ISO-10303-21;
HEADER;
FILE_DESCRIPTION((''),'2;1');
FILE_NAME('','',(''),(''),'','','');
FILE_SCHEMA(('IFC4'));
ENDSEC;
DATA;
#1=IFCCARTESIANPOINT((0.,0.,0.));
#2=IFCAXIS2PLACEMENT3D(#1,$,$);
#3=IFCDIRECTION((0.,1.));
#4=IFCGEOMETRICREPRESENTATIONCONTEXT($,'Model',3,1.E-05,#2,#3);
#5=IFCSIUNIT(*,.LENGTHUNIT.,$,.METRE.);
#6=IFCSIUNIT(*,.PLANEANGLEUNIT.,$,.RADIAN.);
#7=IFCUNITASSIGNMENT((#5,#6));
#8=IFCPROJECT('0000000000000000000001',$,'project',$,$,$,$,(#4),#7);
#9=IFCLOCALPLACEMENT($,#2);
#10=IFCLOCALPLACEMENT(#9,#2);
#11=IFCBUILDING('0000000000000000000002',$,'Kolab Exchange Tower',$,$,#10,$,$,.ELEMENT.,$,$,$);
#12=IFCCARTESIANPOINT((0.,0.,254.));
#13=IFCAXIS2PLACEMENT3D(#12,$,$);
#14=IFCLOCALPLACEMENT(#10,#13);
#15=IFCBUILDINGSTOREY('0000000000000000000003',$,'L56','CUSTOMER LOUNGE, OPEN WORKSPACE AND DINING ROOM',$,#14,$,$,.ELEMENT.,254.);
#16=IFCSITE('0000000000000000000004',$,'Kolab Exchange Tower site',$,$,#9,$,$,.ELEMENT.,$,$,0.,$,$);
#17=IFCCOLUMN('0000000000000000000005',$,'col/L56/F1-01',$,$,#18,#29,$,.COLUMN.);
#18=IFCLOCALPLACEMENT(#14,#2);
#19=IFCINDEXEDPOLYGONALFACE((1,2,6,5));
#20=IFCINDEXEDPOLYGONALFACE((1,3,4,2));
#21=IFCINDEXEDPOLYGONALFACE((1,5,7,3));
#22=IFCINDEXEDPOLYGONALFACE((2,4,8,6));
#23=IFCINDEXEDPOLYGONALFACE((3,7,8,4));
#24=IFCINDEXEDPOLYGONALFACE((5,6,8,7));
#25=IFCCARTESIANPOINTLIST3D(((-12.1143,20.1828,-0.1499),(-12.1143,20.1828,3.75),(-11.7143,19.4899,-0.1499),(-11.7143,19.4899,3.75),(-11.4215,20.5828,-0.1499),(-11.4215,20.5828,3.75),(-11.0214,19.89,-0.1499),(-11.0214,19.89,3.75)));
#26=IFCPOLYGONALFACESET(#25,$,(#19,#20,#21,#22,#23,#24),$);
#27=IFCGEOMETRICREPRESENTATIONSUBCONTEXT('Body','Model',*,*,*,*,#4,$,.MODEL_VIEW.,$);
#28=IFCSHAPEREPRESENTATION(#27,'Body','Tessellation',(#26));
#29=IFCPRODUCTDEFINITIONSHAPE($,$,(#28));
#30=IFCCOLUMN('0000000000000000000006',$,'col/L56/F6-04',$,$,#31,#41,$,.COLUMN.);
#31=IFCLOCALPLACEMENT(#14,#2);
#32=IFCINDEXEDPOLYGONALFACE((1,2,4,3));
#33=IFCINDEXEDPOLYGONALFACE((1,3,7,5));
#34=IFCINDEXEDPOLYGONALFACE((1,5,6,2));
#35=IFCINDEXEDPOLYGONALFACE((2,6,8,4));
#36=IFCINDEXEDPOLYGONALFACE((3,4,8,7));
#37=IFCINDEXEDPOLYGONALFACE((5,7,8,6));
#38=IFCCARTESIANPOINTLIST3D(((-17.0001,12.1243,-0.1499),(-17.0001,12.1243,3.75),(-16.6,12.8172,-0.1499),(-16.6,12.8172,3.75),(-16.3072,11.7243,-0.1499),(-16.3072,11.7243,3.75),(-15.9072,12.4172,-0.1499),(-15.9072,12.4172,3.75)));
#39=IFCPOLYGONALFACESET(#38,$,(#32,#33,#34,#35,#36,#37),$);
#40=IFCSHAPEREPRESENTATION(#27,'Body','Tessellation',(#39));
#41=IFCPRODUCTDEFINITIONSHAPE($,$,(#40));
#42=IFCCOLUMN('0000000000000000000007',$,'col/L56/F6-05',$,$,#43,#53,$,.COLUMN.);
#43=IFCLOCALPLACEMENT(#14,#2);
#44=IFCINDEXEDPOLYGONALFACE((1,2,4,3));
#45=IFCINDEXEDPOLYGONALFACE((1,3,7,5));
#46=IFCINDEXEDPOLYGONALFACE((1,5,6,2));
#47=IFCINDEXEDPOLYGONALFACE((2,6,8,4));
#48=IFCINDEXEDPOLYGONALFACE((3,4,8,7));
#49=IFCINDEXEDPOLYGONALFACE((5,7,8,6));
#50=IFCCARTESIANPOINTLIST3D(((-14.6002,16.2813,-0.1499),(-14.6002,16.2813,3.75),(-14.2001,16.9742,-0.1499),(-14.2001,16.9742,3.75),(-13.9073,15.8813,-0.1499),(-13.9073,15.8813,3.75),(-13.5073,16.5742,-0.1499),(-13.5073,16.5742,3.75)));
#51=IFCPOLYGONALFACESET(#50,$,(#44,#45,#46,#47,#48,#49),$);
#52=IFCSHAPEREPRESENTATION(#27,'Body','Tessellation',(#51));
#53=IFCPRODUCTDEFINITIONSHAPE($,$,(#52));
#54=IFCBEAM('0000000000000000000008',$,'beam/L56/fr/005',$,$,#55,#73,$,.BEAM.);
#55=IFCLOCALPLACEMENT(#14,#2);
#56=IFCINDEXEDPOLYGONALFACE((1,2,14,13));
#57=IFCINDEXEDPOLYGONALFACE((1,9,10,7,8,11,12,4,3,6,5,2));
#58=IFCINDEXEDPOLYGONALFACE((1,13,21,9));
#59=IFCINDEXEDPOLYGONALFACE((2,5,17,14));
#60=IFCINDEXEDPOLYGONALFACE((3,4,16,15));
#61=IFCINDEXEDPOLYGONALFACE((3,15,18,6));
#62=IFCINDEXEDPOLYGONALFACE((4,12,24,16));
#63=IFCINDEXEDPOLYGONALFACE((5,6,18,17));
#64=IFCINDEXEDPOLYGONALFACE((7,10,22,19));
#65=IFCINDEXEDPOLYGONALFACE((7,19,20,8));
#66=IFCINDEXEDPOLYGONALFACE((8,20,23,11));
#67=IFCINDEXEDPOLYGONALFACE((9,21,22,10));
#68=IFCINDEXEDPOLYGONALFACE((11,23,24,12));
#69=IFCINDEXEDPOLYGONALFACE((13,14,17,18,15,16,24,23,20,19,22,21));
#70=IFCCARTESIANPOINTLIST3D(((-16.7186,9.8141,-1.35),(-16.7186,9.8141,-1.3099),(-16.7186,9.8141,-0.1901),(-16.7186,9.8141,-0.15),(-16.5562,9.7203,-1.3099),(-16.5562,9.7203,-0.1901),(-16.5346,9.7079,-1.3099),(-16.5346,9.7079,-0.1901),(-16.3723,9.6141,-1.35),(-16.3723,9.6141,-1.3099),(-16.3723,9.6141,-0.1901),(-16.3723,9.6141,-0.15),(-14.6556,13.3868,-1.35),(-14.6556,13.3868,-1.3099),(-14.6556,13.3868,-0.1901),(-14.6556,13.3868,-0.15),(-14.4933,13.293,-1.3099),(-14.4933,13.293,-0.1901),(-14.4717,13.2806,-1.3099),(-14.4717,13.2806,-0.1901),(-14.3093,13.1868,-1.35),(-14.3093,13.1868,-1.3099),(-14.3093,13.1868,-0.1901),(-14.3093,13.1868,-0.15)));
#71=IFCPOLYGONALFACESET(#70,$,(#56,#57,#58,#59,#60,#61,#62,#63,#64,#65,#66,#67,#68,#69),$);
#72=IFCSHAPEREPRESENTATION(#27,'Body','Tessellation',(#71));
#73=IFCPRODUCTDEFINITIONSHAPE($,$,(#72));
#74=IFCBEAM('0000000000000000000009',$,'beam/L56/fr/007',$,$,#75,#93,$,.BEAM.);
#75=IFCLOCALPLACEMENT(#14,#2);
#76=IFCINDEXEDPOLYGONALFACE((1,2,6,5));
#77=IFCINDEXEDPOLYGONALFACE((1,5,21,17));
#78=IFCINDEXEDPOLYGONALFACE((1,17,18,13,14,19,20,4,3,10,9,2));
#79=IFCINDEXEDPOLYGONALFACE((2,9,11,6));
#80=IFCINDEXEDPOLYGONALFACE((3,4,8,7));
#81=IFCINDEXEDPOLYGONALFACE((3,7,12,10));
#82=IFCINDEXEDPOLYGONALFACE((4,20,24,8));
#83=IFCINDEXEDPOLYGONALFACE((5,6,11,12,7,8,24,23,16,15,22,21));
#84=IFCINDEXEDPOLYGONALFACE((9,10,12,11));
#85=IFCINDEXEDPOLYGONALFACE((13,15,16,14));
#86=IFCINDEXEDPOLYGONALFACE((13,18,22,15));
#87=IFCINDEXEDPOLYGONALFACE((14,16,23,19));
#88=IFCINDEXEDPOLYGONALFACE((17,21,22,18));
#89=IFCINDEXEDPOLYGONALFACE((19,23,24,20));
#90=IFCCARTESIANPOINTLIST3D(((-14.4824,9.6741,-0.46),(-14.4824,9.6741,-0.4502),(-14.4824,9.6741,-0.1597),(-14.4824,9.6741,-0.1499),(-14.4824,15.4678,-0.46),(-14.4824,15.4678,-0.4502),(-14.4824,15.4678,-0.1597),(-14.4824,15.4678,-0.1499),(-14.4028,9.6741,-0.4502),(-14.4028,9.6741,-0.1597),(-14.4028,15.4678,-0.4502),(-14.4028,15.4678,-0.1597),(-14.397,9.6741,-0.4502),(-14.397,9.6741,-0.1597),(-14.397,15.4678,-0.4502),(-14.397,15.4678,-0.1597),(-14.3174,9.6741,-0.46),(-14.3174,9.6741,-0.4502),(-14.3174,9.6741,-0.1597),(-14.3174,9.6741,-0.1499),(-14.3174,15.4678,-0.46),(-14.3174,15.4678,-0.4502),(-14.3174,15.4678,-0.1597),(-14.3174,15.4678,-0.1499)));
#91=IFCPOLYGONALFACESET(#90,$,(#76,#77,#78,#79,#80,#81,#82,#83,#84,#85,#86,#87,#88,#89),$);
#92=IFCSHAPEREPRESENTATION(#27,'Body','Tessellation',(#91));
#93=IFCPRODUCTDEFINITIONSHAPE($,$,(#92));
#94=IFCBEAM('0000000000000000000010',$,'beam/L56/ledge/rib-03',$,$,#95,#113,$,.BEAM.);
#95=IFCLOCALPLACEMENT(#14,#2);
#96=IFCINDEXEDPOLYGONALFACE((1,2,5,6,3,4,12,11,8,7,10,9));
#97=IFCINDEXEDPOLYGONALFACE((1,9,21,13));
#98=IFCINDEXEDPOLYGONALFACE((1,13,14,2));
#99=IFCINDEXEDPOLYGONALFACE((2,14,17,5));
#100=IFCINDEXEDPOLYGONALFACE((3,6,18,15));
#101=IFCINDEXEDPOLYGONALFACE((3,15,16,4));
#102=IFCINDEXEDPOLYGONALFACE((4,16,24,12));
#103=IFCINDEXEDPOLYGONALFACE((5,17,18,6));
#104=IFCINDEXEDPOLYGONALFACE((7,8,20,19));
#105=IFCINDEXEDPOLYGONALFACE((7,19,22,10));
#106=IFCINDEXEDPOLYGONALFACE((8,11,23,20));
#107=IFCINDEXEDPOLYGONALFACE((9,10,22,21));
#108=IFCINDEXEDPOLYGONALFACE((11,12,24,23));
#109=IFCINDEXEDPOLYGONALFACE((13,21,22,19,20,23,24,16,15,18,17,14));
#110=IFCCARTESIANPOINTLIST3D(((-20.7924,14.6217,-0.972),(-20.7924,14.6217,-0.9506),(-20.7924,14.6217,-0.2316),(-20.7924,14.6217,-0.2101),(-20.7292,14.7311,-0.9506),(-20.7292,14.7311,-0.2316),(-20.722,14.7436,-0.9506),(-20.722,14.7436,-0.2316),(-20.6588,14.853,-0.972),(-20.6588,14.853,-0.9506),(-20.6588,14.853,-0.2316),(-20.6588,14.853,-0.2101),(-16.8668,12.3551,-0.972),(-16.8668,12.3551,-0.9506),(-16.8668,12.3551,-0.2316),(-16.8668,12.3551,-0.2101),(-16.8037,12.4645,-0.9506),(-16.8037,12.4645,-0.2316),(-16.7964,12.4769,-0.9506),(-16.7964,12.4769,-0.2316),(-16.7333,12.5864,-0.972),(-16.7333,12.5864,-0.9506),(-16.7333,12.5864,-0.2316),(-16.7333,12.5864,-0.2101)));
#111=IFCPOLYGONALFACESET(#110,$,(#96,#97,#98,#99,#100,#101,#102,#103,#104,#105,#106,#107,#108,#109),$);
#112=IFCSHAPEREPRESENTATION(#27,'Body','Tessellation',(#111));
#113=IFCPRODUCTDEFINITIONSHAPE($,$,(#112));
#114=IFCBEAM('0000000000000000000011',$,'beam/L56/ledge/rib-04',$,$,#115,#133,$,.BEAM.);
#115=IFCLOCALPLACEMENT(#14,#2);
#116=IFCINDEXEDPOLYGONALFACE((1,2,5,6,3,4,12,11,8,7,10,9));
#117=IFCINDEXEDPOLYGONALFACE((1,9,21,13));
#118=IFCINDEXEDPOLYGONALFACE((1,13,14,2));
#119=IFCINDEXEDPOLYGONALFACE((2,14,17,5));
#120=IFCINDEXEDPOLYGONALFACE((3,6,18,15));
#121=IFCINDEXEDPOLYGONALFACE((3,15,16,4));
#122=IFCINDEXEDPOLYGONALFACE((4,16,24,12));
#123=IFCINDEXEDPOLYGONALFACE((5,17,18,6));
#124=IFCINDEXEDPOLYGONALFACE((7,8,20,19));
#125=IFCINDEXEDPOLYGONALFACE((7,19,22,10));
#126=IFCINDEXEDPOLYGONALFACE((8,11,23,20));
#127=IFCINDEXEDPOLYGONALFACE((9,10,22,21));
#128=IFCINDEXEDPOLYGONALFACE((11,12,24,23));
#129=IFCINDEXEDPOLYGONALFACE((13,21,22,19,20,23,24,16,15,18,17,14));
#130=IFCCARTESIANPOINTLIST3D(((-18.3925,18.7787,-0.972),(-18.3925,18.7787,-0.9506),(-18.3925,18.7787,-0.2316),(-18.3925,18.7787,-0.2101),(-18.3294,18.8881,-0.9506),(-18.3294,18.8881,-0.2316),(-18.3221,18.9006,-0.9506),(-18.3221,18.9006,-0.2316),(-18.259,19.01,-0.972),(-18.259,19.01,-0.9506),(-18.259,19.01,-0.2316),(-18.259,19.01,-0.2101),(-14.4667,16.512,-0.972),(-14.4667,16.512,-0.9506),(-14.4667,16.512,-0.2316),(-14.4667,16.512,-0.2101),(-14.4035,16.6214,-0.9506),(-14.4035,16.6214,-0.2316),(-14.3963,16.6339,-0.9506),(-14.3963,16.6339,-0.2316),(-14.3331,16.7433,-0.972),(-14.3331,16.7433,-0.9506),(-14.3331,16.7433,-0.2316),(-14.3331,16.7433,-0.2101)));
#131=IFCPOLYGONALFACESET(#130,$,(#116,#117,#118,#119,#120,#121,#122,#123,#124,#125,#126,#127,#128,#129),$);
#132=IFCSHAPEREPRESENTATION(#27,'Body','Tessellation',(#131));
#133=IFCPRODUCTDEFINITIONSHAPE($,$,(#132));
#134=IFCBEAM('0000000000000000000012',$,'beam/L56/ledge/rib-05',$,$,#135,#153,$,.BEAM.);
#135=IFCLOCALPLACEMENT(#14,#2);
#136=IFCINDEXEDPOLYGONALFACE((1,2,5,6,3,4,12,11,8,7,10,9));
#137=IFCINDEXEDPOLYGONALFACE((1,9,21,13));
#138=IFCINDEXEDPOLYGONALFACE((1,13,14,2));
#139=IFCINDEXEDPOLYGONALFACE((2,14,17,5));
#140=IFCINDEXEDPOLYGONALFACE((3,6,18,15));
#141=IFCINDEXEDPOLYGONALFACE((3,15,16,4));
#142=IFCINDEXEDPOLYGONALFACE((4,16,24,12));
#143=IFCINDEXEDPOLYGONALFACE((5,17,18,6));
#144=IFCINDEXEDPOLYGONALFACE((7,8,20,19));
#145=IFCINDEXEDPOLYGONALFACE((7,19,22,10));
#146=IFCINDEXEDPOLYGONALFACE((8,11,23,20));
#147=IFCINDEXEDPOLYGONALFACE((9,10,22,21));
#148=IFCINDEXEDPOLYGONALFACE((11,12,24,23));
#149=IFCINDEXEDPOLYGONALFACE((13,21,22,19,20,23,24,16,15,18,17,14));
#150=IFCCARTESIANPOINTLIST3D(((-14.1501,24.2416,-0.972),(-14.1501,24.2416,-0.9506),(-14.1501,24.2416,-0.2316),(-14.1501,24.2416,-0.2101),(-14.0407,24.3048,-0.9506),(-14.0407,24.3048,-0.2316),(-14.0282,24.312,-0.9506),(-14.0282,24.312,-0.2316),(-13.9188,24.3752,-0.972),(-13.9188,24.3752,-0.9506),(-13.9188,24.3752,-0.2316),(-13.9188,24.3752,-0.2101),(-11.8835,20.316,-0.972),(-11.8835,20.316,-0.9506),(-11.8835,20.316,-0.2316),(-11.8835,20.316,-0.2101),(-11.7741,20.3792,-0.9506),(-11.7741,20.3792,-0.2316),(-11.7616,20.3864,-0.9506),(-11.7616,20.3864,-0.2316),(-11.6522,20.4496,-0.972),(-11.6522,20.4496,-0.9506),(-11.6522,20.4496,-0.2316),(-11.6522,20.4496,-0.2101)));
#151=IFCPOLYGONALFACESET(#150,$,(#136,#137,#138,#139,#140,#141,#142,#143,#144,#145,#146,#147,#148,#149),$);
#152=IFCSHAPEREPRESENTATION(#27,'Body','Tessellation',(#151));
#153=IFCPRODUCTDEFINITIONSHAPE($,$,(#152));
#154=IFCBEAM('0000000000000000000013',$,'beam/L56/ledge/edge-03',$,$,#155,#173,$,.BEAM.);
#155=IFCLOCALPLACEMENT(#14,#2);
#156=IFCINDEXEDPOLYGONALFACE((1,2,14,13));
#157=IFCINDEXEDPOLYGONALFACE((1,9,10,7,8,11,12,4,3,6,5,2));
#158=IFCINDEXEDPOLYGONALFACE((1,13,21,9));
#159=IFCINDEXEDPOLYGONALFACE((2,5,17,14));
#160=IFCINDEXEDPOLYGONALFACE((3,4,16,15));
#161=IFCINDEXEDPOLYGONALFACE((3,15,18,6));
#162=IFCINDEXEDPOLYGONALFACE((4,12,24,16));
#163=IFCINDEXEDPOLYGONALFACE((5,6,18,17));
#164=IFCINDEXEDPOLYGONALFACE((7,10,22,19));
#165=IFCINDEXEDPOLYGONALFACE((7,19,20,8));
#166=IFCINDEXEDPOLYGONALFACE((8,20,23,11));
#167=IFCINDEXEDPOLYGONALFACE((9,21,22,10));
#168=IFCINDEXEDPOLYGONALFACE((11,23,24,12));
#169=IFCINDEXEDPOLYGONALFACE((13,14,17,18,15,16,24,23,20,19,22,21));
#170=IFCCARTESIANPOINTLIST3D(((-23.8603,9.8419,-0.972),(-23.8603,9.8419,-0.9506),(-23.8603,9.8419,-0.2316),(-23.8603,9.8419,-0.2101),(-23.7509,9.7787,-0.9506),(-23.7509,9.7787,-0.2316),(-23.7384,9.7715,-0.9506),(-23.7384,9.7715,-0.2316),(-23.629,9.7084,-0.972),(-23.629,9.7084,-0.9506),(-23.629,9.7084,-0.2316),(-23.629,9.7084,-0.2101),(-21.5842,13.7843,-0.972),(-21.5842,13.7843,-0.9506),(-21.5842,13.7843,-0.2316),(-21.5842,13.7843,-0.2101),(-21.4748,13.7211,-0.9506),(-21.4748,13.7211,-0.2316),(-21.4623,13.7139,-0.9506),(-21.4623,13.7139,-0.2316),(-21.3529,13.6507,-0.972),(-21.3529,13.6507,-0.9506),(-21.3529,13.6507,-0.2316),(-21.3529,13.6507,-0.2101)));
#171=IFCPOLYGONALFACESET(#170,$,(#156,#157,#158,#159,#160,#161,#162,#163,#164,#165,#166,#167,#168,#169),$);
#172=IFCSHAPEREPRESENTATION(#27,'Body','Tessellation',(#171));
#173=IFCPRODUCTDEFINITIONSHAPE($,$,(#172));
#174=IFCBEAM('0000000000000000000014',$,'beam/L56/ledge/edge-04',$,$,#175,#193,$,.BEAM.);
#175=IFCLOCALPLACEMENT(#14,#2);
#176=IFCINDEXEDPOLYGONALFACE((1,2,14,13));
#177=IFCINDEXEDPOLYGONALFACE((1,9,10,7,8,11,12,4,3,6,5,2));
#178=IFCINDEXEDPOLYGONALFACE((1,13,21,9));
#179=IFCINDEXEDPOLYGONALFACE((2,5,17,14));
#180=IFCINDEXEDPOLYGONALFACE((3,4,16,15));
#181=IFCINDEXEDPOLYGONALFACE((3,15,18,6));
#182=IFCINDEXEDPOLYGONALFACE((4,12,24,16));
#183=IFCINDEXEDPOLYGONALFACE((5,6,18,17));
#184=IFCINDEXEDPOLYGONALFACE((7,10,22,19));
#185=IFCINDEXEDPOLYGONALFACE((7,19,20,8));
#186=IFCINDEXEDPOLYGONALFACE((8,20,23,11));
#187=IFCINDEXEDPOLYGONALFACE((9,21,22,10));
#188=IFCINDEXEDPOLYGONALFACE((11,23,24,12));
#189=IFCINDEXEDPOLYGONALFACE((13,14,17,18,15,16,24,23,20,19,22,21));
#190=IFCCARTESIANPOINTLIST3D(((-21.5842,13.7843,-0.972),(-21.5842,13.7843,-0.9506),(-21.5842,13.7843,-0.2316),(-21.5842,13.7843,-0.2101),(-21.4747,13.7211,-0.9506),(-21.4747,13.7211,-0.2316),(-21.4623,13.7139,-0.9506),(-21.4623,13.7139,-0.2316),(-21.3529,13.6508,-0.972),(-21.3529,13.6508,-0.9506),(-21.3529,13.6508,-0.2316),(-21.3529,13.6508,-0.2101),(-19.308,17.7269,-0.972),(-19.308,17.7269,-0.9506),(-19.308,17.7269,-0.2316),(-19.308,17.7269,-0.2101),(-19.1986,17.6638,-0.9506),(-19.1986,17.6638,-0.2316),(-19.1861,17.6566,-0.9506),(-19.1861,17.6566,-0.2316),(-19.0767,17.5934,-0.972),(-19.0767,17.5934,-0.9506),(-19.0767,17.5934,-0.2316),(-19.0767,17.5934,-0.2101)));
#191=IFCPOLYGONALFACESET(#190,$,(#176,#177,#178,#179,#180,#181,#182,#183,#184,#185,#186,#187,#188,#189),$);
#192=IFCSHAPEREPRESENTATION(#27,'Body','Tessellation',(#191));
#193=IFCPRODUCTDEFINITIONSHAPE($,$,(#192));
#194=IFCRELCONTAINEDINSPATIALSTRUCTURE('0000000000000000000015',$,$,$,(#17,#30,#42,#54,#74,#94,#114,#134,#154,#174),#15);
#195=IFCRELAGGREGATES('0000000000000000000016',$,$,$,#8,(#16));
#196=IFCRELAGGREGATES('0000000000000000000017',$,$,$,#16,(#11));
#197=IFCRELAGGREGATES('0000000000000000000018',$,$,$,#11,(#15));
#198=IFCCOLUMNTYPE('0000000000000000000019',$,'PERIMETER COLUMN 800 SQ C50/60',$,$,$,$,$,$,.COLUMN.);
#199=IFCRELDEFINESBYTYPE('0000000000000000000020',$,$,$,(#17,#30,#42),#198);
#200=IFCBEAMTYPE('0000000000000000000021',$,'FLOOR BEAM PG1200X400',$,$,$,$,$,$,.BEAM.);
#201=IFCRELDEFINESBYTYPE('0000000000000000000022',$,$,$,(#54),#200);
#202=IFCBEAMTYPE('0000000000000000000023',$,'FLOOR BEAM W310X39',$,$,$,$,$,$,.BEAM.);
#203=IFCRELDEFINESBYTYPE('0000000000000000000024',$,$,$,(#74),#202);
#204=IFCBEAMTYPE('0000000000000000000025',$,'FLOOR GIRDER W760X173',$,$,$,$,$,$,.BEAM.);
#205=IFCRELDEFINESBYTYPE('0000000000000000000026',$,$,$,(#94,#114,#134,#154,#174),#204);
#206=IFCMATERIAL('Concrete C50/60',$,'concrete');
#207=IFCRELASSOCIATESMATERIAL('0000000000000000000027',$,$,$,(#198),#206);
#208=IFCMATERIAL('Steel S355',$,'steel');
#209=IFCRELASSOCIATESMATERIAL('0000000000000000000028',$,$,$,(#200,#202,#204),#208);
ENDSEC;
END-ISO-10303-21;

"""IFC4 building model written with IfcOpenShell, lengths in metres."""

from ifc_helpers import new_model, si_unit, direction, frame, origin, origin_2d, place, context, subcontext, project, spatial, rectangle, i_section, extrude, material, material_profile, profile_set, type_object, element, save


model = new_model("IFC4")

# Units and contexts
model_context = context("Model", 3, precision=1e-05, world=origin(), true_north=direction((0.0, 1.0)))
body_context = subcontext(model_context, "Body", "Model", "MODEL_VIEW")
ifc_project = project(units=[si_unit("LENGTHUNIT", "METRE"), si_unit("PLANEANGLEUNIT", "RADIAN")], contexts=[model_context])

# Site, building, storey
site_placement = place(None, origin())
site = spatial("IfcSite", under=ifc_project, at=site_placement, Name="Kolab Exchange Tower site", CompositionType="ELEMENT", RefElevation=0.0)
building_placement = place(site_placement, origin())
building = spatial("IfcBuilding", under=site, at=building_placement, Name="Kolab Exchange Tower", CompositionType="ELEMENT")
storey_placement = place(building_placement, frame((0.0, 0.0, 254.0)))
storey = spatial("IfcBuildingStorey", under=building, at=storey_placement, Name="L56", Description="CUSTOMER LOUNGE, OPEN WORKSPACE AND DINING ROOM", CompositionType="ELEMENT", Elevation=254.0)

# Columns
ifc_material_1 = material(Name="Concrete C50/60", Category="concrete")
ifc_material_profile_1 = material_profile(ifc_material_1, rectangle(XDim=0.8, YDim=0.8, at=origin_2d()), Name="RC800")
ifc_profile_set_1 = profile_set([ifc_material_profile_1], Name="Concrete C50/60")
column_type = type_object("IfcColumnType", Name="PERIMETER COLUMN 800 SQ C50/60", PredefinedType="COLUMN", material=ifc_profile_set_1)
for number, where, z_axis, x_axis, name in (
    (1, (-11.5679, 20.0364, -0.1499), (0.0, 0.0, 1.0), (0.866025, 0.5, 0.0), "col/L56/F1-01"),
    (2, (-16.4536, 12.2708, -0.1499), (0.0, 0.0, 1.0), (0.5, 0.866025, 0.0), "col/L56/F6-04"),
    (3, (-14.0537, 16.4277, -0.1499), (0.0, 0.0, 1.0), (0.5, 0.866025, 0.0), "col/L56/F6-05"),
):
    element("IfcColumn", number, at=place(storey_placement, frame(where, z_axis=z_axis, x_axis=x_axis)), inside=storey, type_object=column_type, Name=name, PredefinedType="COLUMN", context=body_context, shape_type="SweptSolid", body=[
        extrude(rectangle(XDim=0.8, YDim=0.8, at=origin_2d()), origin(), (0.0, 0.0, 1.0), 3.8999),
    ])

# Beams
ifc_material_2 = material(Name="Steel S355", Category="steel")
ifc_material_profile_2 = material_profile(ifc_material_2, i_section(OverallWidth=0.3999, OverallDepth=1.2, WebThickness=0.0249, FlangeThickness=0.04, at=origin_2d()), Name="PG1200X400")
ifc_profile_set_2 = profile_set([ifc_material_profile_2], Name="Steel S355")
beam_type_1 = type_object("IfcBeamType", Name="FLOOR BEAM PG1200X400", PredefinedType="BEAM", material=ifc_profile_set_2)
beam_1_placement = place(storey_placement, frame((-16.5454, 9.7141, -0.75), z_axis=(0.500047, 0.865998, 0.0), x_axis=(-0.865998, 0.500047, 0.0)))
element("IfcBeam", 4, at=beam_1_placement, inside=storey, type_object=beam_type_1, Name="beam/L56/fr/005", PredefinedType="BEAM", context=body_context, shape_type="SweptSolid", body=[
    extrude(i_section(OverallWidth=0.3999, OverallDepth=1.2, WebThickness=0.0249, FlangeThickness=0.04, at=origin_2d()), origin(), (0.0, 0.0, 1.0), 4.1255),
])
ifc_material_profile_3 = material_profile(ifc_material_2, i_section(OverallWidth=0.165, OverallDepth=0.3101, WebThickness=0.0059, FlangeThickness=0.0098, at=origin_2d()), Name="W310X39")
ifc_profile_set_3 = profile_set([ifc_material_profile_3], Name="Steel S355")
beam_type_2 = type_object("IfcBeamType", Name="FLOOR BEAM W310X39", PredefinedType="BEAM", material=ifc_profile_set_3)
beam_2_placement = place(storey_placement, frame((-14.3999, 9.6741, -0.3049), z_axis=(0.0, 1.0, 0.0), x_axis=(-1.0, 0.0, 0.0)))
element("IfcBeam", 5, at=beam_2_placement, inside=storey, type_object=beam_type_2, Name="beam/L56/fr/007", PredefinedType="BEAM", context=body_context, shape_type="SweptSolid", body=[
    extrude(i_section(OverallWidth=0.165, OverallDepth=0.3101, WebThickness=0.0059, FlangeThickness=0.0098, at=origin_2d()), origin(), (0.0, 0.0, 1.0), 5.7937),
])
ifc_material_profile_4 = material_profile(ifc_material_2, i_section(OverallWidth=0.2671, OverallDepth=0.762, WebThickness=0.0144, FlangeThickness=0.0215, at=origin_2d()), Name="W760X173")
ifc_profile_set_4 = profile_set([ifc_material_profile_4], Name="Steel S355")
beam_type_3 = type_object("IfcBeamType", Name="FLOOR GIRDER W760X173", PredefinedType="BEAM", material=ifc_profile_set_4)
beam_3_placement = place(storey_placement, frame((-16.8, 12.4707, -0.5911), z_axis=(-0.866007, 0.500032, 0.0), x_axis=(-0.500032, -0.866007, 0.0)))
element("IfcBeam", 6, at=beam_3_placement, inside=storey, type_object=beam_type_3, Name="beam/L56/ledge/rib-03", PredefinedType="BEAM", context=body_context, shape_type="SweptSolid", body=[
    extrude(i_section(OverallWidth=0.2671, OverallDepth=0.762, WebThickness=0.0144, FlangeThickness=0.0215, at=origin_2d()), origin(), (0.0, 0.0, 1.0), 4.533),
])
beam_4_placement = place(storey_placement, frame((-14.3999, 16.6277, -0.5911), z_axis=(-0.866021, 0.500008, 0.0), x_axis=(-0.500008, -0.866021, 0.0)))
element("IfcBeam", 7, at=beam_4_placement, inside=storey, type_object=beam_type_3, Name="beam/L56/ledge/rib-04", PredefinedType="BEAM", context=body_context, shape_type="SweptSolid", body=[
    extrude(i_section(OverallWidth=0.2671, OverallDepth=0.762, WebThickness=0.0144, FlangeThickness=0.0215, at=origin_2d()), origin(), (0.0, 0.0, 1.0), 4.5332),
])
beam_5_placement = place(storey_placement, frame((-11.7678, 20.3828, -0.5911), z_axis=(-0.500032, 0.866007, 0.0), x_axis=(-0.866007, -0.500032, 0.0)))
element("IfcBeam", 8, at=beam_5_placement, inside=storey, type_object=beam_type_3, Name="beam/L56/ledge/rib-05", PredefinedType="BEAM", context=body_context, shape_type="SweptSolid", body=[
    extrude(i_section(OverallWidth=0.2671, OverallDepth=0.762, WebThickness=0.0144, FlangeThickness=0.0215, at=origin_2d()), origin(), (0.0, 0.0, 1.0), 4.533),
])
beam_6_placement = place(storey_placement, frame((-23.7446, 9.7751, -0.5911), z_axis=(0.499998, 0.866027, 0.0), x_axis=(-0.866027, 0.499998, 0.0)))
element("IfcBeam", 9, at=beam_6_placement, inside=storey, type_object=beam_type_3, Name="beam/L56/ledge/edge-03", PredefinedType="BEAM", context=body_context, shape_type="SweptSolid", body=[
    extrude(i_section(OverallWidth=0.2671, OverallDepth=0.762, WebThickness=0.0144, FlangeThickness=0.0215, at=origin_2d()), origin(), (0.0, 0.0, 1.0), 4.5522),
])
for number, where, z_axis, x_axis, name in (
    (10, (-21.4685, 13.7175, -0.5911), (0.499975, 0.86604, 0.0), (-0.86604, 0.499975, 0.0), "beam/L56/ledge/edge-04"),
):
    element("IfcBeam", number, at=place(storey_placement, frame(where, z_axis=z_axis, x_axis=x_axis)), inside=storey, type_object=beam_type_3, Name=name, PredefinedType="BEAM", context=body_context, shape_type="SweptSolid", body=[
        extrude(i_section(OverallWidth=0.2671, OverallDepth=0.762, WebThickness=0.0144, FlangeThickness=0.0215, at=origin_2d()), origin(), (0.0, 0.0, 1.0), 4.5525),
    ])

save(model, "model.ifc")
